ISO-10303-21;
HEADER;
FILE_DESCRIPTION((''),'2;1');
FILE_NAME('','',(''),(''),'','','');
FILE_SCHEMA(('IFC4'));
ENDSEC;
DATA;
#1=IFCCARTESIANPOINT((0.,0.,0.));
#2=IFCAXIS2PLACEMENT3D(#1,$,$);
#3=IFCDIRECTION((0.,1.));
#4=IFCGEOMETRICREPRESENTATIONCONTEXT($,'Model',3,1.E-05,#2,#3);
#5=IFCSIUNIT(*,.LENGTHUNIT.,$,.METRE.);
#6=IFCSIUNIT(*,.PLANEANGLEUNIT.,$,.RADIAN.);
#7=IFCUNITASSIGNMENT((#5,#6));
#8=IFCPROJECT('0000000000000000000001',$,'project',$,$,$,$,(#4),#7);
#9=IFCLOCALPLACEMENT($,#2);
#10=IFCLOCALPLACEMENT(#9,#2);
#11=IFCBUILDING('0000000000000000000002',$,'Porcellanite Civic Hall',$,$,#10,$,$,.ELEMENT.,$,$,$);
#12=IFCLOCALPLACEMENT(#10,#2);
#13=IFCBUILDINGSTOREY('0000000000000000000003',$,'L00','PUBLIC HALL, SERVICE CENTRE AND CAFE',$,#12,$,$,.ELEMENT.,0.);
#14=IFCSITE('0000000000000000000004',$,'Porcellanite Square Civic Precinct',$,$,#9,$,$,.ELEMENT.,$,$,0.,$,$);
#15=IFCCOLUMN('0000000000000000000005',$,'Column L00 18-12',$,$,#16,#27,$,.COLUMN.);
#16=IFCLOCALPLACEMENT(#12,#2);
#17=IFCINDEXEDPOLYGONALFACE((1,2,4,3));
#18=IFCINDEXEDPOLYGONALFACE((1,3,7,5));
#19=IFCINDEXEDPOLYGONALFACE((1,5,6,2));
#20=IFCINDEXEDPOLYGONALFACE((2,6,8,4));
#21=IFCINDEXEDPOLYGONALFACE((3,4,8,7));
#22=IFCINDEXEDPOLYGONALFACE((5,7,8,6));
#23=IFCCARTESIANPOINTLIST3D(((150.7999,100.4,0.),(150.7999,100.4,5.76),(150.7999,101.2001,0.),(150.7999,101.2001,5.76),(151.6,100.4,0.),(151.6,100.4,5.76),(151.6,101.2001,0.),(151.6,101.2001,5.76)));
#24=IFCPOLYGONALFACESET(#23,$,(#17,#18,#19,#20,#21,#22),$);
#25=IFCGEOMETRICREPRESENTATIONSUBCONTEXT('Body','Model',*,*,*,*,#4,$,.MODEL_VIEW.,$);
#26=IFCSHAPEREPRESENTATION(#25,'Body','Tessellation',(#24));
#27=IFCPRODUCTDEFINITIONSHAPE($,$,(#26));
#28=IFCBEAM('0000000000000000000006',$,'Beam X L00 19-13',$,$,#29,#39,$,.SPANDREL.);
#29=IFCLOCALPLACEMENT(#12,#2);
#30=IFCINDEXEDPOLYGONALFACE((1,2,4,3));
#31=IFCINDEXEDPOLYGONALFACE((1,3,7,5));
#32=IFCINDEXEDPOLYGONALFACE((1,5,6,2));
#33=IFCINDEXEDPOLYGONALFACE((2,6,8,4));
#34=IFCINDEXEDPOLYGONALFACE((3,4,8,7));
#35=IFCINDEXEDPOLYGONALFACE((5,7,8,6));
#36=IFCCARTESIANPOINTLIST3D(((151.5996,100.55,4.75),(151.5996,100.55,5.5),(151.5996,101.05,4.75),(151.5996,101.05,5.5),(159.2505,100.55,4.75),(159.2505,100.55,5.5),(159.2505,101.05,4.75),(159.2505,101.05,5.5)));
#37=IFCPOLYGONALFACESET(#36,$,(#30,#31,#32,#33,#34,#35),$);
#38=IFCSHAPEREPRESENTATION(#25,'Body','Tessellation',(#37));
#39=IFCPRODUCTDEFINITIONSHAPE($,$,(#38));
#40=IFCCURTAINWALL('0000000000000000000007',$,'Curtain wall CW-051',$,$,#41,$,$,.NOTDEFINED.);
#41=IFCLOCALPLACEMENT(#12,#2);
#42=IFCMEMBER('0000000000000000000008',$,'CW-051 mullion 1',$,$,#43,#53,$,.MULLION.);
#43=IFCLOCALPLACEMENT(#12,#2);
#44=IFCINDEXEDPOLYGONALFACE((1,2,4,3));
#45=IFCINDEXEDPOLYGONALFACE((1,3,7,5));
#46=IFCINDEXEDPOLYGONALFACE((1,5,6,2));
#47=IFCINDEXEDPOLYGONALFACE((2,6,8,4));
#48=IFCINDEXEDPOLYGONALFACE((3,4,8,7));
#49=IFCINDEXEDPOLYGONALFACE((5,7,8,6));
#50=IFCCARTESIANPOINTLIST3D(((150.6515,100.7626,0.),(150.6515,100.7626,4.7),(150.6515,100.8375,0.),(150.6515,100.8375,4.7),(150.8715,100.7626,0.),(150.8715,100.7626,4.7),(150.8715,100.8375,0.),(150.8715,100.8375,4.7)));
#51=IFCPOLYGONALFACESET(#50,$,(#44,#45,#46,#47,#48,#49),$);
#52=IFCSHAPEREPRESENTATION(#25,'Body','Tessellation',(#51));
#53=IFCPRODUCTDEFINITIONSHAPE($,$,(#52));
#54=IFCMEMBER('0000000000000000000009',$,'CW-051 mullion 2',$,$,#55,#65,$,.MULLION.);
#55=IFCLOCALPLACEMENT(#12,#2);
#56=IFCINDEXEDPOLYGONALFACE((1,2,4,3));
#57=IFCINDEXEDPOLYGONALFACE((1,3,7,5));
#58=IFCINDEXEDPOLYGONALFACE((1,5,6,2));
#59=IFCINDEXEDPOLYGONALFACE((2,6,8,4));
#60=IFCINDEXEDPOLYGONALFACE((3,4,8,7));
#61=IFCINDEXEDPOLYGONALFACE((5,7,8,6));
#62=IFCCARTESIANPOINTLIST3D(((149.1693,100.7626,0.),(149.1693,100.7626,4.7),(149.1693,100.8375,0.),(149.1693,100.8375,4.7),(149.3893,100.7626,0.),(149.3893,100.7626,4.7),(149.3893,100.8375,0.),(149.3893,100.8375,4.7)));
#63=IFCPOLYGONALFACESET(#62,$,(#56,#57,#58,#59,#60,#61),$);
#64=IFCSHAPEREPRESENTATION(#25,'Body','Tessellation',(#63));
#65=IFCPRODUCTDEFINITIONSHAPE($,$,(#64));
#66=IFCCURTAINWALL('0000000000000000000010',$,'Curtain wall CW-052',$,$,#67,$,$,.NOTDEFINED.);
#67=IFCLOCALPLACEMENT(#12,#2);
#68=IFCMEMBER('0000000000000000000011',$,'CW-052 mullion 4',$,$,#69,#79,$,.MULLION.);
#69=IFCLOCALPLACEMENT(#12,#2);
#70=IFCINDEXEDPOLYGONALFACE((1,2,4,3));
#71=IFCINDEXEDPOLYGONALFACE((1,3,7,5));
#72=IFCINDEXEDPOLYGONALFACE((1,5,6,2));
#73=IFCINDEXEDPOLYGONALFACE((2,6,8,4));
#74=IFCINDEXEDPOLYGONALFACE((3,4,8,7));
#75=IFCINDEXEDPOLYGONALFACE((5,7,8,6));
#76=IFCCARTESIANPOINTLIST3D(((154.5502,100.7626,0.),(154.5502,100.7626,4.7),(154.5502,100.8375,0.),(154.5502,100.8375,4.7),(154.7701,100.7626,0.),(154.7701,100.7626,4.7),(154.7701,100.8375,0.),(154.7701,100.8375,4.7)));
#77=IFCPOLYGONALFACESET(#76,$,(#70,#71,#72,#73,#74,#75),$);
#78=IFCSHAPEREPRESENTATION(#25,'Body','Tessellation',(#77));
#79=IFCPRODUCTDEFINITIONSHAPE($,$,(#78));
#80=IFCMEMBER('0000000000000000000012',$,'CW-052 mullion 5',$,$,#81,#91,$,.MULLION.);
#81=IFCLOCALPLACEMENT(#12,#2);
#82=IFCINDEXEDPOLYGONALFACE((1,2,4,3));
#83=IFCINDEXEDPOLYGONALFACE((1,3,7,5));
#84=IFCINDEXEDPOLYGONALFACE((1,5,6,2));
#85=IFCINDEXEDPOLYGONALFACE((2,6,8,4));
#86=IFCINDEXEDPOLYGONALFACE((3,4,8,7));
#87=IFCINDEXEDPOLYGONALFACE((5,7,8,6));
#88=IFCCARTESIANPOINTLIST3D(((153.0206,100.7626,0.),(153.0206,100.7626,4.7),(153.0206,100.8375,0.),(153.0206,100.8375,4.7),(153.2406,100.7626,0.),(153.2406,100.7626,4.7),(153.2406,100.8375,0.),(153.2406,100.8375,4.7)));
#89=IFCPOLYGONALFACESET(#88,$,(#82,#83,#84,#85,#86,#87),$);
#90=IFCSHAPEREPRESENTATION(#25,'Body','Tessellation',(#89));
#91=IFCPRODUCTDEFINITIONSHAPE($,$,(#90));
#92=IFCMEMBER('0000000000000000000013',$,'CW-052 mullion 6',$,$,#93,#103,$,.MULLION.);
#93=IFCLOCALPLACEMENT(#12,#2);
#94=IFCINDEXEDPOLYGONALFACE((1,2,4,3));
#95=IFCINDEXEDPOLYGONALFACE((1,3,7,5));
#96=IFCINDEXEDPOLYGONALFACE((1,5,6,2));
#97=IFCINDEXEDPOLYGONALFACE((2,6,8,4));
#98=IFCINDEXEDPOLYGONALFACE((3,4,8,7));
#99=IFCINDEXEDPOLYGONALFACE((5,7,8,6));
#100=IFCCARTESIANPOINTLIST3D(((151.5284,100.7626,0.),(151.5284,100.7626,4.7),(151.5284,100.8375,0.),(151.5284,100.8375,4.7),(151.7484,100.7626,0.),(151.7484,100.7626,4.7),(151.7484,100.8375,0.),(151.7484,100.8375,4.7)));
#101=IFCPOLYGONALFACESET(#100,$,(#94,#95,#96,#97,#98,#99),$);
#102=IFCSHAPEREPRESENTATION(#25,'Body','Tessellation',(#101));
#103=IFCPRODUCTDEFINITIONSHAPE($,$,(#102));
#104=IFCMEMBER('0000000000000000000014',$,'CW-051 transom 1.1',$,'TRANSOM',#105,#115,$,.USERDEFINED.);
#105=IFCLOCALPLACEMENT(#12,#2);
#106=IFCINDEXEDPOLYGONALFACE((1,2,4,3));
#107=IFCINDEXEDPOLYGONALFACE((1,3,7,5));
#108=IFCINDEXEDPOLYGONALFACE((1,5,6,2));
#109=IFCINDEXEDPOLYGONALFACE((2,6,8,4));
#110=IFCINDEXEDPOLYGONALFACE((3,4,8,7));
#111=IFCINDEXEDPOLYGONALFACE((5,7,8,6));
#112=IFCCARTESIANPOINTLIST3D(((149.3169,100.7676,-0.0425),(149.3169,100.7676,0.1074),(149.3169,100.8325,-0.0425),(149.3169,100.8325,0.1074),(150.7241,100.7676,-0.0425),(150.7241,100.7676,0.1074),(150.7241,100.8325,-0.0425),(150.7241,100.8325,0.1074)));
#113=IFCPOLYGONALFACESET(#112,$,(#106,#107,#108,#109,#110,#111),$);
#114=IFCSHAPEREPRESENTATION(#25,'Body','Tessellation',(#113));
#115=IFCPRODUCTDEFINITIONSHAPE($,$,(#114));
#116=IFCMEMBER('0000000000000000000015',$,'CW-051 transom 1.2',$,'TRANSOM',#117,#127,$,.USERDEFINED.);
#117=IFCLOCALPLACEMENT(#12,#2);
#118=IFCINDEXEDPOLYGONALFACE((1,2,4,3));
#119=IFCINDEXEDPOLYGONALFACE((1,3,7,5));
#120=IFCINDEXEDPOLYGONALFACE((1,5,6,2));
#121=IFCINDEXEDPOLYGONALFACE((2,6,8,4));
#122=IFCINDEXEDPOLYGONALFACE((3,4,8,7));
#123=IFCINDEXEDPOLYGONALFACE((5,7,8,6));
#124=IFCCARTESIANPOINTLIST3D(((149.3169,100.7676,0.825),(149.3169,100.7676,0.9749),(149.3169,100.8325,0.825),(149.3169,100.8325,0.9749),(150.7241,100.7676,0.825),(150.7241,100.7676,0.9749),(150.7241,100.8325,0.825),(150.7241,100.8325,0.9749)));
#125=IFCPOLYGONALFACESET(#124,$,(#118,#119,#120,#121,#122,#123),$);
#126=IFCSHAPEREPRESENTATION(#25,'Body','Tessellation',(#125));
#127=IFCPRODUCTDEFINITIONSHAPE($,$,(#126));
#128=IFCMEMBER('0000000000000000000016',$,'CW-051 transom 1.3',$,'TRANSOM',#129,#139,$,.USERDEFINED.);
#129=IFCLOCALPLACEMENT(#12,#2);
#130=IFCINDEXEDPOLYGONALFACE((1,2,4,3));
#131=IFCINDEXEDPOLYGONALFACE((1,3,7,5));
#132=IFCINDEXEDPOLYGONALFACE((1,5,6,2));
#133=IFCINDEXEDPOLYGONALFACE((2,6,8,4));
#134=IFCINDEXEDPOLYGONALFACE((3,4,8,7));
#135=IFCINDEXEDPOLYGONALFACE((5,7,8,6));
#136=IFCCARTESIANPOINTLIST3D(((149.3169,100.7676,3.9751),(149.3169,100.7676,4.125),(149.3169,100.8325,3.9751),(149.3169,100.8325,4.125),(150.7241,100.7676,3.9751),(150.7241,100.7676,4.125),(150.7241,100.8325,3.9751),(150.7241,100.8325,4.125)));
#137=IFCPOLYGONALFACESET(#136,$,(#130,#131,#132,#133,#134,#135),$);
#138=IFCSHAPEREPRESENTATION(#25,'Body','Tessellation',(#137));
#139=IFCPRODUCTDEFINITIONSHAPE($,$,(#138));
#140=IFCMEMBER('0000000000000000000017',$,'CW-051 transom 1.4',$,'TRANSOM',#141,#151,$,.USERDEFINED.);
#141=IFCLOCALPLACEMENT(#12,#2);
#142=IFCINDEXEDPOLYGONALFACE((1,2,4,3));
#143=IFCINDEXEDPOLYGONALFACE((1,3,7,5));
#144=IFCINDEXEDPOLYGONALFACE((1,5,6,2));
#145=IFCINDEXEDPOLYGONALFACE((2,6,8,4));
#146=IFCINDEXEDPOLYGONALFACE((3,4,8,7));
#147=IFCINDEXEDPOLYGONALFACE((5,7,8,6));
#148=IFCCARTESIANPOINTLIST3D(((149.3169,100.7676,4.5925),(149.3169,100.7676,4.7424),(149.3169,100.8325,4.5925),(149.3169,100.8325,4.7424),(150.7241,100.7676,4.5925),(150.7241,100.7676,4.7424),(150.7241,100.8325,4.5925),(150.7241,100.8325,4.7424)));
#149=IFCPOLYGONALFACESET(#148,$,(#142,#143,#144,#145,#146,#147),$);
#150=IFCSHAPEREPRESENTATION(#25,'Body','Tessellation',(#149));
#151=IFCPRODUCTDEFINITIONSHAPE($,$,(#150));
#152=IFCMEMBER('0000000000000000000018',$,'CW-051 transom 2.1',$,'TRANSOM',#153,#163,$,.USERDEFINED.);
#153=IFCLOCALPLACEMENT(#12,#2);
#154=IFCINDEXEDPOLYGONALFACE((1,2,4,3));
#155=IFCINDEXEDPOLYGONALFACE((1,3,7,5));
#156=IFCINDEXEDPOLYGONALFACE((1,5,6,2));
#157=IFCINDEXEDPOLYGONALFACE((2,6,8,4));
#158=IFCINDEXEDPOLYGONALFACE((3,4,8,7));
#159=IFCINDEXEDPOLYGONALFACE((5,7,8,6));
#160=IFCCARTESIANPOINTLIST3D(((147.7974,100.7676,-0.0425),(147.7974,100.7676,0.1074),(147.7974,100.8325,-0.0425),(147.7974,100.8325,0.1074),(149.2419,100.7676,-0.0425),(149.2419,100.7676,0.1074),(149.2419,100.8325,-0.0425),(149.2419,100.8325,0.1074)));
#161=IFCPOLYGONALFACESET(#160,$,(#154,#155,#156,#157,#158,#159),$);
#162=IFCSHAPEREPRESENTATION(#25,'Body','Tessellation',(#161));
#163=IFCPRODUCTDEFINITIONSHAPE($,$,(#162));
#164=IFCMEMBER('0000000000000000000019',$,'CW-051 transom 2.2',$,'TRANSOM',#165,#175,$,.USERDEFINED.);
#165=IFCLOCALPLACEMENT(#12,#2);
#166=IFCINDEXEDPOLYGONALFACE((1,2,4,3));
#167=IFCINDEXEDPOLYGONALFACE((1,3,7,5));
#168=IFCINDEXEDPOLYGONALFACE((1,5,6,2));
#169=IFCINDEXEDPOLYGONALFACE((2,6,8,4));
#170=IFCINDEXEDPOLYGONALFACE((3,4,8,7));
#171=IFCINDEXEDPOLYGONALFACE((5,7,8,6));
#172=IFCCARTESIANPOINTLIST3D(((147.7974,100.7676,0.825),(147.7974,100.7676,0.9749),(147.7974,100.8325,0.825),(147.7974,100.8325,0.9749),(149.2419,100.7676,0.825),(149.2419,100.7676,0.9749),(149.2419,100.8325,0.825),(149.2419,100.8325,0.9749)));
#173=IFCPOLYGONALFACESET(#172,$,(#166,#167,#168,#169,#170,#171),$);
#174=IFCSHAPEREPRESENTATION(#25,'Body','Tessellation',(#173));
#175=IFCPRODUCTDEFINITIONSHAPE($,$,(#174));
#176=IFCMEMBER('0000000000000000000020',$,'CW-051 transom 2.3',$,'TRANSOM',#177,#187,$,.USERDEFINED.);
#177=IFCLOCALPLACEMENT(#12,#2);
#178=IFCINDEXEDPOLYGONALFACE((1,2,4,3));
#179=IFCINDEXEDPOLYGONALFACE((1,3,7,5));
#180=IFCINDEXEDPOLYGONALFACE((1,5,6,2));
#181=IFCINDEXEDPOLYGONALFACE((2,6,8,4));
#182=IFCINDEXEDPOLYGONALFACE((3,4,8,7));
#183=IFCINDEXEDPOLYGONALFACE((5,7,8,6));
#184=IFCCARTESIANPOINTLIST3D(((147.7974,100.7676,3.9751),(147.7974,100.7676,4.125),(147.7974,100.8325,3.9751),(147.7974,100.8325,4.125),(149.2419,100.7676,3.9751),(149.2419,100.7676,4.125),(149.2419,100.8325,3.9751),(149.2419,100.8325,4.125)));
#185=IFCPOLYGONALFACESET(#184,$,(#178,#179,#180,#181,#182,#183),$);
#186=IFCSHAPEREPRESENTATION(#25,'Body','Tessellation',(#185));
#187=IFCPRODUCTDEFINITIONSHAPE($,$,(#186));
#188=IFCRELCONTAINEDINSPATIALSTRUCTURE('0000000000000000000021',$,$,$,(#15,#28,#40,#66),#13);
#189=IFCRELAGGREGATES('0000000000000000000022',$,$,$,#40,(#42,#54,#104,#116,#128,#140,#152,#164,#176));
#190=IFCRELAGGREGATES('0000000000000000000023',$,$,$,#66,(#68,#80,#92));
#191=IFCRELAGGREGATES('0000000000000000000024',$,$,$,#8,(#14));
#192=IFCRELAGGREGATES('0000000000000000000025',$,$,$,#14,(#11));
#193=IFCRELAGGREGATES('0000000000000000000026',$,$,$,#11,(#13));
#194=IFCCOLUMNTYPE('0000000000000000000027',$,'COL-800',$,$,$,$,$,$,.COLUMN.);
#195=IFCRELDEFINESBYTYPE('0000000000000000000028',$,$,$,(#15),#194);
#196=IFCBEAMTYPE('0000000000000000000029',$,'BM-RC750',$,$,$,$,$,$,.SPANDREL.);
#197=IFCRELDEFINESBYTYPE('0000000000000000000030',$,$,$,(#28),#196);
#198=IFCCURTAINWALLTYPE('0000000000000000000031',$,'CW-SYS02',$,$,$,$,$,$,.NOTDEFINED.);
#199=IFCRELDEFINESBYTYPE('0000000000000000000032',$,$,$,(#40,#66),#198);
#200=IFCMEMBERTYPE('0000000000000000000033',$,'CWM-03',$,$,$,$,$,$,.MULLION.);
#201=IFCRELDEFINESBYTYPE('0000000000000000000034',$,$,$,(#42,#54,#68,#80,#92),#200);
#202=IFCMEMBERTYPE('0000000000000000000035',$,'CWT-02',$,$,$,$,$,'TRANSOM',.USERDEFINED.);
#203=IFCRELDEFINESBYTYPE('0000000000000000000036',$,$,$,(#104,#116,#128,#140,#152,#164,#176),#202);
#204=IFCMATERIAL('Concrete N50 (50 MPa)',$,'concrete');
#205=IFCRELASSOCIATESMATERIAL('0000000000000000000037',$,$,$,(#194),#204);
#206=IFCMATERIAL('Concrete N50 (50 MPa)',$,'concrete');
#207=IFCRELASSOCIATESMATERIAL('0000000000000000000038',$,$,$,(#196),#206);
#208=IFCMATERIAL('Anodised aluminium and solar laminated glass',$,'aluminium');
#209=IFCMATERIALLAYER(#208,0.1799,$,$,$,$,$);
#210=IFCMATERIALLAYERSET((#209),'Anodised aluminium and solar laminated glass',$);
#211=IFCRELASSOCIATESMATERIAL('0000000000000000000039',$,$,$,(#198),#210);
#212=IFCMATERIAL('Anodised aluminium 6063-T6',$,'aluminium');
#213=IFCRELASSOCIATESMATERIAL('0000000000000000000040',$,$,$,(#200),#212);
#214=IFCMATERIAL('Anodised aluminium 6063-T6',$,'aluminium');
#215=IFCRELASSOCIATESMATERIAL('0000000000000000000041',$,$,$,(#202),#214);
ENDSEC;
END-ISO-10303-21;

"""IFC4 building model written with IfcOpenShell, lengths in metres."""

from ifc_helpers import new_model, si_unit, direction, frame, origin, origin_2d, place, context, subcontext, project, spatial, rectangle, extrude, material, layer, layer_set, material_profile, profile_set, type_object, element, aggregate, save


model = new_model("IFC4")

# Units and contexts
model_context = context("Model", 3, precision=1e-05, world=origin(), true_north=direction((0.0, 1.0)))
body_context = subcontext(model_context, "Body", "Model", "MODEL_VIEW")
ifc_project = project(units=[si_unit("LENGTHUNIT", "METRE"), si_unit("PLANEANGLEUNIT", "RADIAN")], contexts=[model_context])

# Site, building, storey
site_placement = place(None, origin())
site = spatial("IfcSite", under=ifc_project, at=site_placement, Name="Porcellanite Square Civic Precinct", CompositionType="ELEMENT", RefElevation=0.0)
building_placement = place(site_placement, origin())
building = spatial("IfcBuilding", under=site, at=building_placement, Name="Porcellanite Civic Hall", CompositionType="ELEMENT")
storey_placement = place(building_placement, origin())
storey = spatial("IfcBuildingStorey", under=building, at=storey_placement, Name="L00", Description="PUBLIC HALL, SERVICE CENTRE AND CAFE", CompositionType="ELEMENT", Elevation=0.0)

# Column
ifc_material_1 = material(Name="Concrete N50 (50 MPa)", Category="concrete")
ifc_material_profile_1 = material_profile(ifc_material_1, rectangle(XDim=0.8, YDim=0.8, at=origin_2d()), Name="RC-800x800")
ifc_profile_set_1 = profile_set([ifc_material_profile_1], Name="Concrete N50 (50 MPa)")
column_type = type_object("IfcColumnType", Name="COL-800", PredefinedType="COLUMN", material=ifc_profile_set_1)
column_placement = place(storey_placement, frame((151.2, 100.8, 0.0), z_axis=(0.0, 0.0, 1.0), x_axis=(1.0, 0.0, 0.0)))
element("IfcColumn", 1, at=column_placement, inside=storey, type_object=column_type, Name="Column L00 18-12", PredefinedType="COLUMN", context=body_context, shape_type="SweptSolid", body=[
    extrude(rectangle(XDim=0.8, YDim=0.8, at=origin_2d()), origin(), (0.0, 0.0, 1.0), 5.76),
])

# Beam
ifc_material_2 = material(Name="Concrete N50 (50 MPa)", Category="concrete")
ifc_material_profile_2 = material_profile(ifc_material_2, rectangle(XDim=0.5, YDim=0.75, at=origin_2d()), Name="RC-500x750")
ifc_profile_set_2 = profile_set([ifc_material_profile_2], Name="Concrete N50 (50 MPa)")
beam_type = type_object("IfcBeamType", Name="BM-RC750", PredefinedType="SPANDREL", material=ifc_profile_set_2)
beam_placement = place(storey_placement, frame((151.5996, 100.8, 5.125), z_axis=(1.0, 0.0, 0.0), x_axis=(0.0, 1.0, 0.0)))
element("IfcBeam", 2, at=beam_placement, inside=storey, type_object=beam_type, Name="Beam X L00 19-13", PredefinedType="SPANDREL", context=body_context, shape_type="SweptSolid", body=[
    extrude(rectangle(XDim=0.5, YDim=0.75, at=origin_2d()), origin(), (0.0, 0.0, 1.0), 7.6509),
])

# Curtain walls, members
ifc_material_3 = material(Name="Anodised aluminium and solar laminated glass", Category="aluminium")
ifc_layer_1 = layer(ifc_material_3, 0.1799)
ifc_layer_set_1 = layer_set([ifc_layer_1], Name="Anodised aluminium and solar laminated glass")
curtain_wall_type = type_object("IfcCurtainWallType", Name="CW-SYS02", PredefinedType="NOTDEFINED", material=ifc_layer_set_1)
curtain_wall_1_placement = place(storey_placement, origin())
curtain_wall_1 = element("IfcCurtainWall", 3, at=curtain_wall_1_placement, inside=storey, type_object=curtain_wall_type, Name="Curtain wall CW-051", PredefinedType="NOTDEFINED")
ifc_material_4 = material(Name="Anodised aluminium 6063-T6", Category="aluminium")
ifc_material_profile_3 = material_profile(ifc_material_4, rectangle(XDim=0.075, YDim=0.22, at=origin_2d()), Name="AL-75x220")
ifc_profile_set_3 = profile_set([ifc_material_profile_3], Name="Anodised aluminium 6063-T6")
member_type_1 = type_object("IfcMemberType", Name="CWM-03", PredefinedType="MULLION", material=ifc_profile_set_3)
member_1_placement = place(storey_placement, frame((150.7615, 100.8, 0.0), z_axis=(0.0, 0.0, 1.0), x_axis=(0.0, -1.0, 0.0)))
member_1 = element("IfcMember", 4, at=member_1_placement, type_object=member_type_1, Name="CW-051 mullion 1", PredefinedType="MULLION", context=body_context, shape_type="SweptSolid", body=[
    extrude(rectangle(XDim=0.075, YDim=0.22, at=origin_2d()), origin(), (0.0, 0.0, 1.0), 4.7),
])
member_2_placement = place(storey_placement, frame((149.2793, 100.8, 0.0), z_axis=(0.0, 0.0, 1.0), x_axis=(0.0, -1.0, 0.0)))
member_2 = element("IfcMember", 5, at=member_2_placement, type_object=member_type_1, Name="CW-051 mullion 2", PredefinedType="MULLION", context=body_context, shape_type="SweptSolid", body=[
    extrude(rectangle(XDim=0.075, YDim=0.22, at=origin_2d()), origin(), (0.0, 0.0, 1.0), 4.7),
])
curtain_wall_2_placement = place(storey_placement, origin())
curtain_wall_2 = element("IfcCurtainWall", 6, at=curtain_wall_2_placement, inside=storey, type_object=curtain_wall_type, Name="Curtain wall CW-052", PredefinedType="NOTDEFINED")
member_3_placement = place(storey_placement, frame((154.6602, 100.8, 0.0), z_axis=(0.0, 0.0, 1.0), x_axis=(0.0, -1.0, 0.0)))
member_3 = element("IfcMember", 7, at=member_3_placement, type_object=member_type_1, Name="CW-052 mullion 4", PredefinedType="MULLION", context=body_context, shape_type="SweptSolid", body=[
    extrude(rectangle(XDim=0.075, YDim=0.22, at=origin_2d()), origin(), (0.0, 0.0, 1.0), 4.7),
])
member_4_placement = place(storey_placement, frame((153.1306, 100.8, 0.0), z_axis=(0.0, 0.0, 1.0), x_axis=(0.0, -1.0, 0.0)))
member_4 = element("IfcMember", 8, at=member_4_placement, type_object=member_type_1, Name="CW-052 mullion 5", PredefinedType="MULLION", context=body_context, shape_type="SweptSolid", body=[
    extrude(rectangle(XDim=0.075, YDim=0.22, at=origin_2d()), origin(), (0.0, 0.0, 1.0), 4.7),
])
member_5_placement = place(storey_placement, frame((151.6384, 100.8, 0.0), z_axis=(0.0, 0.0, 1.0), x_axis=(0.0, -1.0, 0.0)))
member_5 = element("IfcMember", 9, at=member_5_placement, type_object=member_type_1, Name="CW-052 mullion 6", PredefinedType="MULLION", context=body_context, shape_type="SweptSolid", body=[
    extrude(rectangle(XDim=0.075, YDim=0.22, at=origin_2d()), origin(), (0.0, 0.0, 1.0), 4.7),
])

# Members
ifc_material_5 = material(Name="Anodised aluminium 6063-T6", Category="aluminium")
ifc_material_profile_4 = material_profile(ifc_material_5, rectangle(XDim=0.0649, YDim=0.1499, at=origin_2d()), Name="AL-65x150")
ifc_profile_set_4 = profile_set([ifc_material_profile_4], Name="Anodised aluminium 6063-T6")
member_type_2 = type_object("IfcMemberType", Name="CWT-02", ElementType="TRANSOM", PredefinedType="USERDEFINED", material=ifc_profile_set_4)
member_6_placement = place(storey_placement, frame((150.7241, 100.8, 0.0325), z_axis=(-1.0, 0.0, 0.0), x_axis=(0.0, -1.0, 0.0)))
member_6 = element("IfcMember", 10, at=member_6_placement, type_object=member_type_2, Name="CW-051 transom 1.1", ObjectType="TRANSOM", PredefinedType="USERDEFINED", context=body_context, shape_type="SweptSolid", body=[
    extrude(rectangle(XDim=0.0649, YDim=0.1499, at=origin_2d()), origin(), (0.0, 0.0, 1.0), 1.4072),
])
member_7_placement = place(storey_placement, frame((150.7241, 100.8, 0.8999), z_axis=(-1.0, 0.0, 0.0), x_axis=(0.0, -1.0, 0.0)))
member_7 = element("IfcMember", 11, at=member_7_placement, type_object=member_type_2, Name="CW-051 transom 1.2", ObjectType="TRANSOM", PredefinedType="USERDEFINED", context=body_context, shape_type="SweptSolid", body=[
    extrude(rectangle(XDim=0.0649, YDim=0.1499, at=origin_2d()), origin(), (0.0, 0.0, 1.0), 1.4072),
])
member_8_placement = place(storey_placement, frame((150.7241, 100.8, 4.05), z_axis=(-1.0, 0.0, 0.0), x_axis=(0.0, -1.0, 0.0)))
member_8 = element("IfcMember", 12, at=member_8_placement, type_object=member_type_2, Name="CW-051 transom 1.3", ObjectType="TRANSOM", PredefinedType="USERDEFINED", context=body_context, shape_type="SweptSolid", body=[
    extrude(rectangle(XDim=0.0649, YDim=0.1499, at=origin_2d()), origin(), (0.0, 0.0, 1.0), 1.4072),
])
member_9_placement = place(storey_placement, frame((150.7241, 100.8, 4.6675), z_axis=(-1.0, 0.0, 0.0), x_axis=(0.0, -1.0, 0.0)))
member_9 = element("IfcMember", 13, at=member_9_placement, type_object=member_type_2, Name="CW-051 transom 1.4", ObjectType="TRANSOM", PredefinedType="USERDEFINED", context=body_context, shape_type="SweptSolid", body=[
    extrude(rectangle(XDim=0.0649, YDim=0.1499, at=origin_2d()), origin(), (0.0, 0.0, 1.0), 1.4072),
])
member_10_placement = place(storey_placement, frame((149.2419, 100.8, 0.0325), z_axis=(-1.0, 0.0, 0.0), x_axis=(0.0, -1.0, 0.0)))
member_10 = element("IfcMember", 14, at=member_10_placement, type_object=member_type_2, Name="CW-051 transom 2.1", ObjectType="TRANSOM", PredefinedType="USERDEFINED", context=body_context, shape_type="SweptSolid", body=[
    extrude(rectangle(XDim=0.0649, YDim=0.1499, at=origin_2d()), origin(), (0.0, 0.0, 1.0), 1.4446),
])
member_11_placement = place(storey_placement, frame((149.2419, 100.8, 0.8999), z_axis=(-1.0, 0.0, 0.0), x_axis=(0.0, -1.0, 0.0)))
member_11 = element("IfcMember", 15, at=member_11_placement, type_object=member_type_2, Name="CW-051 transom 2.2", ObjectType="TRANSOM", PredefinedType="USERDEFINED", context=body_context, shape_type="SweptSolid", body=[
    extrude(rectangle(XDim=0.0649, YDim=0.1499, at=origin_2d()), origin(), (0.0, 0.0, 1.0), 1.4446),
])
member_12_placement = place(storey_placement, frame((149.2419, 100.8, 4.05), z_axis=(-1.0, 0.0, 0.0), x_axis=(0.0, -1.0, 0.0)))
member_12 = element("IfcMember", 16, at=member_12_placement, type_object=member_type_2, Name="CW-051 transom 2.3", ObjectType="TRANSOM", PredefinedType="USERDEFINED", context=body_context, shape_type="SweptSolid", body=[
    extrude(rectangle(XDim=0.0649, YDim=0.1499, at=origin_2d()), origin(), (0.0, 0.0, 1.0), 1.4446),
])

aggregate(curtain_wall_1, [member_1, member_2, member_6, member_7, member_8, member_9, member_10, member_11, member_12])
aggregate(curtain_wall_2, [member_3, member_4, member_5])

save(model, "model.ifc")
